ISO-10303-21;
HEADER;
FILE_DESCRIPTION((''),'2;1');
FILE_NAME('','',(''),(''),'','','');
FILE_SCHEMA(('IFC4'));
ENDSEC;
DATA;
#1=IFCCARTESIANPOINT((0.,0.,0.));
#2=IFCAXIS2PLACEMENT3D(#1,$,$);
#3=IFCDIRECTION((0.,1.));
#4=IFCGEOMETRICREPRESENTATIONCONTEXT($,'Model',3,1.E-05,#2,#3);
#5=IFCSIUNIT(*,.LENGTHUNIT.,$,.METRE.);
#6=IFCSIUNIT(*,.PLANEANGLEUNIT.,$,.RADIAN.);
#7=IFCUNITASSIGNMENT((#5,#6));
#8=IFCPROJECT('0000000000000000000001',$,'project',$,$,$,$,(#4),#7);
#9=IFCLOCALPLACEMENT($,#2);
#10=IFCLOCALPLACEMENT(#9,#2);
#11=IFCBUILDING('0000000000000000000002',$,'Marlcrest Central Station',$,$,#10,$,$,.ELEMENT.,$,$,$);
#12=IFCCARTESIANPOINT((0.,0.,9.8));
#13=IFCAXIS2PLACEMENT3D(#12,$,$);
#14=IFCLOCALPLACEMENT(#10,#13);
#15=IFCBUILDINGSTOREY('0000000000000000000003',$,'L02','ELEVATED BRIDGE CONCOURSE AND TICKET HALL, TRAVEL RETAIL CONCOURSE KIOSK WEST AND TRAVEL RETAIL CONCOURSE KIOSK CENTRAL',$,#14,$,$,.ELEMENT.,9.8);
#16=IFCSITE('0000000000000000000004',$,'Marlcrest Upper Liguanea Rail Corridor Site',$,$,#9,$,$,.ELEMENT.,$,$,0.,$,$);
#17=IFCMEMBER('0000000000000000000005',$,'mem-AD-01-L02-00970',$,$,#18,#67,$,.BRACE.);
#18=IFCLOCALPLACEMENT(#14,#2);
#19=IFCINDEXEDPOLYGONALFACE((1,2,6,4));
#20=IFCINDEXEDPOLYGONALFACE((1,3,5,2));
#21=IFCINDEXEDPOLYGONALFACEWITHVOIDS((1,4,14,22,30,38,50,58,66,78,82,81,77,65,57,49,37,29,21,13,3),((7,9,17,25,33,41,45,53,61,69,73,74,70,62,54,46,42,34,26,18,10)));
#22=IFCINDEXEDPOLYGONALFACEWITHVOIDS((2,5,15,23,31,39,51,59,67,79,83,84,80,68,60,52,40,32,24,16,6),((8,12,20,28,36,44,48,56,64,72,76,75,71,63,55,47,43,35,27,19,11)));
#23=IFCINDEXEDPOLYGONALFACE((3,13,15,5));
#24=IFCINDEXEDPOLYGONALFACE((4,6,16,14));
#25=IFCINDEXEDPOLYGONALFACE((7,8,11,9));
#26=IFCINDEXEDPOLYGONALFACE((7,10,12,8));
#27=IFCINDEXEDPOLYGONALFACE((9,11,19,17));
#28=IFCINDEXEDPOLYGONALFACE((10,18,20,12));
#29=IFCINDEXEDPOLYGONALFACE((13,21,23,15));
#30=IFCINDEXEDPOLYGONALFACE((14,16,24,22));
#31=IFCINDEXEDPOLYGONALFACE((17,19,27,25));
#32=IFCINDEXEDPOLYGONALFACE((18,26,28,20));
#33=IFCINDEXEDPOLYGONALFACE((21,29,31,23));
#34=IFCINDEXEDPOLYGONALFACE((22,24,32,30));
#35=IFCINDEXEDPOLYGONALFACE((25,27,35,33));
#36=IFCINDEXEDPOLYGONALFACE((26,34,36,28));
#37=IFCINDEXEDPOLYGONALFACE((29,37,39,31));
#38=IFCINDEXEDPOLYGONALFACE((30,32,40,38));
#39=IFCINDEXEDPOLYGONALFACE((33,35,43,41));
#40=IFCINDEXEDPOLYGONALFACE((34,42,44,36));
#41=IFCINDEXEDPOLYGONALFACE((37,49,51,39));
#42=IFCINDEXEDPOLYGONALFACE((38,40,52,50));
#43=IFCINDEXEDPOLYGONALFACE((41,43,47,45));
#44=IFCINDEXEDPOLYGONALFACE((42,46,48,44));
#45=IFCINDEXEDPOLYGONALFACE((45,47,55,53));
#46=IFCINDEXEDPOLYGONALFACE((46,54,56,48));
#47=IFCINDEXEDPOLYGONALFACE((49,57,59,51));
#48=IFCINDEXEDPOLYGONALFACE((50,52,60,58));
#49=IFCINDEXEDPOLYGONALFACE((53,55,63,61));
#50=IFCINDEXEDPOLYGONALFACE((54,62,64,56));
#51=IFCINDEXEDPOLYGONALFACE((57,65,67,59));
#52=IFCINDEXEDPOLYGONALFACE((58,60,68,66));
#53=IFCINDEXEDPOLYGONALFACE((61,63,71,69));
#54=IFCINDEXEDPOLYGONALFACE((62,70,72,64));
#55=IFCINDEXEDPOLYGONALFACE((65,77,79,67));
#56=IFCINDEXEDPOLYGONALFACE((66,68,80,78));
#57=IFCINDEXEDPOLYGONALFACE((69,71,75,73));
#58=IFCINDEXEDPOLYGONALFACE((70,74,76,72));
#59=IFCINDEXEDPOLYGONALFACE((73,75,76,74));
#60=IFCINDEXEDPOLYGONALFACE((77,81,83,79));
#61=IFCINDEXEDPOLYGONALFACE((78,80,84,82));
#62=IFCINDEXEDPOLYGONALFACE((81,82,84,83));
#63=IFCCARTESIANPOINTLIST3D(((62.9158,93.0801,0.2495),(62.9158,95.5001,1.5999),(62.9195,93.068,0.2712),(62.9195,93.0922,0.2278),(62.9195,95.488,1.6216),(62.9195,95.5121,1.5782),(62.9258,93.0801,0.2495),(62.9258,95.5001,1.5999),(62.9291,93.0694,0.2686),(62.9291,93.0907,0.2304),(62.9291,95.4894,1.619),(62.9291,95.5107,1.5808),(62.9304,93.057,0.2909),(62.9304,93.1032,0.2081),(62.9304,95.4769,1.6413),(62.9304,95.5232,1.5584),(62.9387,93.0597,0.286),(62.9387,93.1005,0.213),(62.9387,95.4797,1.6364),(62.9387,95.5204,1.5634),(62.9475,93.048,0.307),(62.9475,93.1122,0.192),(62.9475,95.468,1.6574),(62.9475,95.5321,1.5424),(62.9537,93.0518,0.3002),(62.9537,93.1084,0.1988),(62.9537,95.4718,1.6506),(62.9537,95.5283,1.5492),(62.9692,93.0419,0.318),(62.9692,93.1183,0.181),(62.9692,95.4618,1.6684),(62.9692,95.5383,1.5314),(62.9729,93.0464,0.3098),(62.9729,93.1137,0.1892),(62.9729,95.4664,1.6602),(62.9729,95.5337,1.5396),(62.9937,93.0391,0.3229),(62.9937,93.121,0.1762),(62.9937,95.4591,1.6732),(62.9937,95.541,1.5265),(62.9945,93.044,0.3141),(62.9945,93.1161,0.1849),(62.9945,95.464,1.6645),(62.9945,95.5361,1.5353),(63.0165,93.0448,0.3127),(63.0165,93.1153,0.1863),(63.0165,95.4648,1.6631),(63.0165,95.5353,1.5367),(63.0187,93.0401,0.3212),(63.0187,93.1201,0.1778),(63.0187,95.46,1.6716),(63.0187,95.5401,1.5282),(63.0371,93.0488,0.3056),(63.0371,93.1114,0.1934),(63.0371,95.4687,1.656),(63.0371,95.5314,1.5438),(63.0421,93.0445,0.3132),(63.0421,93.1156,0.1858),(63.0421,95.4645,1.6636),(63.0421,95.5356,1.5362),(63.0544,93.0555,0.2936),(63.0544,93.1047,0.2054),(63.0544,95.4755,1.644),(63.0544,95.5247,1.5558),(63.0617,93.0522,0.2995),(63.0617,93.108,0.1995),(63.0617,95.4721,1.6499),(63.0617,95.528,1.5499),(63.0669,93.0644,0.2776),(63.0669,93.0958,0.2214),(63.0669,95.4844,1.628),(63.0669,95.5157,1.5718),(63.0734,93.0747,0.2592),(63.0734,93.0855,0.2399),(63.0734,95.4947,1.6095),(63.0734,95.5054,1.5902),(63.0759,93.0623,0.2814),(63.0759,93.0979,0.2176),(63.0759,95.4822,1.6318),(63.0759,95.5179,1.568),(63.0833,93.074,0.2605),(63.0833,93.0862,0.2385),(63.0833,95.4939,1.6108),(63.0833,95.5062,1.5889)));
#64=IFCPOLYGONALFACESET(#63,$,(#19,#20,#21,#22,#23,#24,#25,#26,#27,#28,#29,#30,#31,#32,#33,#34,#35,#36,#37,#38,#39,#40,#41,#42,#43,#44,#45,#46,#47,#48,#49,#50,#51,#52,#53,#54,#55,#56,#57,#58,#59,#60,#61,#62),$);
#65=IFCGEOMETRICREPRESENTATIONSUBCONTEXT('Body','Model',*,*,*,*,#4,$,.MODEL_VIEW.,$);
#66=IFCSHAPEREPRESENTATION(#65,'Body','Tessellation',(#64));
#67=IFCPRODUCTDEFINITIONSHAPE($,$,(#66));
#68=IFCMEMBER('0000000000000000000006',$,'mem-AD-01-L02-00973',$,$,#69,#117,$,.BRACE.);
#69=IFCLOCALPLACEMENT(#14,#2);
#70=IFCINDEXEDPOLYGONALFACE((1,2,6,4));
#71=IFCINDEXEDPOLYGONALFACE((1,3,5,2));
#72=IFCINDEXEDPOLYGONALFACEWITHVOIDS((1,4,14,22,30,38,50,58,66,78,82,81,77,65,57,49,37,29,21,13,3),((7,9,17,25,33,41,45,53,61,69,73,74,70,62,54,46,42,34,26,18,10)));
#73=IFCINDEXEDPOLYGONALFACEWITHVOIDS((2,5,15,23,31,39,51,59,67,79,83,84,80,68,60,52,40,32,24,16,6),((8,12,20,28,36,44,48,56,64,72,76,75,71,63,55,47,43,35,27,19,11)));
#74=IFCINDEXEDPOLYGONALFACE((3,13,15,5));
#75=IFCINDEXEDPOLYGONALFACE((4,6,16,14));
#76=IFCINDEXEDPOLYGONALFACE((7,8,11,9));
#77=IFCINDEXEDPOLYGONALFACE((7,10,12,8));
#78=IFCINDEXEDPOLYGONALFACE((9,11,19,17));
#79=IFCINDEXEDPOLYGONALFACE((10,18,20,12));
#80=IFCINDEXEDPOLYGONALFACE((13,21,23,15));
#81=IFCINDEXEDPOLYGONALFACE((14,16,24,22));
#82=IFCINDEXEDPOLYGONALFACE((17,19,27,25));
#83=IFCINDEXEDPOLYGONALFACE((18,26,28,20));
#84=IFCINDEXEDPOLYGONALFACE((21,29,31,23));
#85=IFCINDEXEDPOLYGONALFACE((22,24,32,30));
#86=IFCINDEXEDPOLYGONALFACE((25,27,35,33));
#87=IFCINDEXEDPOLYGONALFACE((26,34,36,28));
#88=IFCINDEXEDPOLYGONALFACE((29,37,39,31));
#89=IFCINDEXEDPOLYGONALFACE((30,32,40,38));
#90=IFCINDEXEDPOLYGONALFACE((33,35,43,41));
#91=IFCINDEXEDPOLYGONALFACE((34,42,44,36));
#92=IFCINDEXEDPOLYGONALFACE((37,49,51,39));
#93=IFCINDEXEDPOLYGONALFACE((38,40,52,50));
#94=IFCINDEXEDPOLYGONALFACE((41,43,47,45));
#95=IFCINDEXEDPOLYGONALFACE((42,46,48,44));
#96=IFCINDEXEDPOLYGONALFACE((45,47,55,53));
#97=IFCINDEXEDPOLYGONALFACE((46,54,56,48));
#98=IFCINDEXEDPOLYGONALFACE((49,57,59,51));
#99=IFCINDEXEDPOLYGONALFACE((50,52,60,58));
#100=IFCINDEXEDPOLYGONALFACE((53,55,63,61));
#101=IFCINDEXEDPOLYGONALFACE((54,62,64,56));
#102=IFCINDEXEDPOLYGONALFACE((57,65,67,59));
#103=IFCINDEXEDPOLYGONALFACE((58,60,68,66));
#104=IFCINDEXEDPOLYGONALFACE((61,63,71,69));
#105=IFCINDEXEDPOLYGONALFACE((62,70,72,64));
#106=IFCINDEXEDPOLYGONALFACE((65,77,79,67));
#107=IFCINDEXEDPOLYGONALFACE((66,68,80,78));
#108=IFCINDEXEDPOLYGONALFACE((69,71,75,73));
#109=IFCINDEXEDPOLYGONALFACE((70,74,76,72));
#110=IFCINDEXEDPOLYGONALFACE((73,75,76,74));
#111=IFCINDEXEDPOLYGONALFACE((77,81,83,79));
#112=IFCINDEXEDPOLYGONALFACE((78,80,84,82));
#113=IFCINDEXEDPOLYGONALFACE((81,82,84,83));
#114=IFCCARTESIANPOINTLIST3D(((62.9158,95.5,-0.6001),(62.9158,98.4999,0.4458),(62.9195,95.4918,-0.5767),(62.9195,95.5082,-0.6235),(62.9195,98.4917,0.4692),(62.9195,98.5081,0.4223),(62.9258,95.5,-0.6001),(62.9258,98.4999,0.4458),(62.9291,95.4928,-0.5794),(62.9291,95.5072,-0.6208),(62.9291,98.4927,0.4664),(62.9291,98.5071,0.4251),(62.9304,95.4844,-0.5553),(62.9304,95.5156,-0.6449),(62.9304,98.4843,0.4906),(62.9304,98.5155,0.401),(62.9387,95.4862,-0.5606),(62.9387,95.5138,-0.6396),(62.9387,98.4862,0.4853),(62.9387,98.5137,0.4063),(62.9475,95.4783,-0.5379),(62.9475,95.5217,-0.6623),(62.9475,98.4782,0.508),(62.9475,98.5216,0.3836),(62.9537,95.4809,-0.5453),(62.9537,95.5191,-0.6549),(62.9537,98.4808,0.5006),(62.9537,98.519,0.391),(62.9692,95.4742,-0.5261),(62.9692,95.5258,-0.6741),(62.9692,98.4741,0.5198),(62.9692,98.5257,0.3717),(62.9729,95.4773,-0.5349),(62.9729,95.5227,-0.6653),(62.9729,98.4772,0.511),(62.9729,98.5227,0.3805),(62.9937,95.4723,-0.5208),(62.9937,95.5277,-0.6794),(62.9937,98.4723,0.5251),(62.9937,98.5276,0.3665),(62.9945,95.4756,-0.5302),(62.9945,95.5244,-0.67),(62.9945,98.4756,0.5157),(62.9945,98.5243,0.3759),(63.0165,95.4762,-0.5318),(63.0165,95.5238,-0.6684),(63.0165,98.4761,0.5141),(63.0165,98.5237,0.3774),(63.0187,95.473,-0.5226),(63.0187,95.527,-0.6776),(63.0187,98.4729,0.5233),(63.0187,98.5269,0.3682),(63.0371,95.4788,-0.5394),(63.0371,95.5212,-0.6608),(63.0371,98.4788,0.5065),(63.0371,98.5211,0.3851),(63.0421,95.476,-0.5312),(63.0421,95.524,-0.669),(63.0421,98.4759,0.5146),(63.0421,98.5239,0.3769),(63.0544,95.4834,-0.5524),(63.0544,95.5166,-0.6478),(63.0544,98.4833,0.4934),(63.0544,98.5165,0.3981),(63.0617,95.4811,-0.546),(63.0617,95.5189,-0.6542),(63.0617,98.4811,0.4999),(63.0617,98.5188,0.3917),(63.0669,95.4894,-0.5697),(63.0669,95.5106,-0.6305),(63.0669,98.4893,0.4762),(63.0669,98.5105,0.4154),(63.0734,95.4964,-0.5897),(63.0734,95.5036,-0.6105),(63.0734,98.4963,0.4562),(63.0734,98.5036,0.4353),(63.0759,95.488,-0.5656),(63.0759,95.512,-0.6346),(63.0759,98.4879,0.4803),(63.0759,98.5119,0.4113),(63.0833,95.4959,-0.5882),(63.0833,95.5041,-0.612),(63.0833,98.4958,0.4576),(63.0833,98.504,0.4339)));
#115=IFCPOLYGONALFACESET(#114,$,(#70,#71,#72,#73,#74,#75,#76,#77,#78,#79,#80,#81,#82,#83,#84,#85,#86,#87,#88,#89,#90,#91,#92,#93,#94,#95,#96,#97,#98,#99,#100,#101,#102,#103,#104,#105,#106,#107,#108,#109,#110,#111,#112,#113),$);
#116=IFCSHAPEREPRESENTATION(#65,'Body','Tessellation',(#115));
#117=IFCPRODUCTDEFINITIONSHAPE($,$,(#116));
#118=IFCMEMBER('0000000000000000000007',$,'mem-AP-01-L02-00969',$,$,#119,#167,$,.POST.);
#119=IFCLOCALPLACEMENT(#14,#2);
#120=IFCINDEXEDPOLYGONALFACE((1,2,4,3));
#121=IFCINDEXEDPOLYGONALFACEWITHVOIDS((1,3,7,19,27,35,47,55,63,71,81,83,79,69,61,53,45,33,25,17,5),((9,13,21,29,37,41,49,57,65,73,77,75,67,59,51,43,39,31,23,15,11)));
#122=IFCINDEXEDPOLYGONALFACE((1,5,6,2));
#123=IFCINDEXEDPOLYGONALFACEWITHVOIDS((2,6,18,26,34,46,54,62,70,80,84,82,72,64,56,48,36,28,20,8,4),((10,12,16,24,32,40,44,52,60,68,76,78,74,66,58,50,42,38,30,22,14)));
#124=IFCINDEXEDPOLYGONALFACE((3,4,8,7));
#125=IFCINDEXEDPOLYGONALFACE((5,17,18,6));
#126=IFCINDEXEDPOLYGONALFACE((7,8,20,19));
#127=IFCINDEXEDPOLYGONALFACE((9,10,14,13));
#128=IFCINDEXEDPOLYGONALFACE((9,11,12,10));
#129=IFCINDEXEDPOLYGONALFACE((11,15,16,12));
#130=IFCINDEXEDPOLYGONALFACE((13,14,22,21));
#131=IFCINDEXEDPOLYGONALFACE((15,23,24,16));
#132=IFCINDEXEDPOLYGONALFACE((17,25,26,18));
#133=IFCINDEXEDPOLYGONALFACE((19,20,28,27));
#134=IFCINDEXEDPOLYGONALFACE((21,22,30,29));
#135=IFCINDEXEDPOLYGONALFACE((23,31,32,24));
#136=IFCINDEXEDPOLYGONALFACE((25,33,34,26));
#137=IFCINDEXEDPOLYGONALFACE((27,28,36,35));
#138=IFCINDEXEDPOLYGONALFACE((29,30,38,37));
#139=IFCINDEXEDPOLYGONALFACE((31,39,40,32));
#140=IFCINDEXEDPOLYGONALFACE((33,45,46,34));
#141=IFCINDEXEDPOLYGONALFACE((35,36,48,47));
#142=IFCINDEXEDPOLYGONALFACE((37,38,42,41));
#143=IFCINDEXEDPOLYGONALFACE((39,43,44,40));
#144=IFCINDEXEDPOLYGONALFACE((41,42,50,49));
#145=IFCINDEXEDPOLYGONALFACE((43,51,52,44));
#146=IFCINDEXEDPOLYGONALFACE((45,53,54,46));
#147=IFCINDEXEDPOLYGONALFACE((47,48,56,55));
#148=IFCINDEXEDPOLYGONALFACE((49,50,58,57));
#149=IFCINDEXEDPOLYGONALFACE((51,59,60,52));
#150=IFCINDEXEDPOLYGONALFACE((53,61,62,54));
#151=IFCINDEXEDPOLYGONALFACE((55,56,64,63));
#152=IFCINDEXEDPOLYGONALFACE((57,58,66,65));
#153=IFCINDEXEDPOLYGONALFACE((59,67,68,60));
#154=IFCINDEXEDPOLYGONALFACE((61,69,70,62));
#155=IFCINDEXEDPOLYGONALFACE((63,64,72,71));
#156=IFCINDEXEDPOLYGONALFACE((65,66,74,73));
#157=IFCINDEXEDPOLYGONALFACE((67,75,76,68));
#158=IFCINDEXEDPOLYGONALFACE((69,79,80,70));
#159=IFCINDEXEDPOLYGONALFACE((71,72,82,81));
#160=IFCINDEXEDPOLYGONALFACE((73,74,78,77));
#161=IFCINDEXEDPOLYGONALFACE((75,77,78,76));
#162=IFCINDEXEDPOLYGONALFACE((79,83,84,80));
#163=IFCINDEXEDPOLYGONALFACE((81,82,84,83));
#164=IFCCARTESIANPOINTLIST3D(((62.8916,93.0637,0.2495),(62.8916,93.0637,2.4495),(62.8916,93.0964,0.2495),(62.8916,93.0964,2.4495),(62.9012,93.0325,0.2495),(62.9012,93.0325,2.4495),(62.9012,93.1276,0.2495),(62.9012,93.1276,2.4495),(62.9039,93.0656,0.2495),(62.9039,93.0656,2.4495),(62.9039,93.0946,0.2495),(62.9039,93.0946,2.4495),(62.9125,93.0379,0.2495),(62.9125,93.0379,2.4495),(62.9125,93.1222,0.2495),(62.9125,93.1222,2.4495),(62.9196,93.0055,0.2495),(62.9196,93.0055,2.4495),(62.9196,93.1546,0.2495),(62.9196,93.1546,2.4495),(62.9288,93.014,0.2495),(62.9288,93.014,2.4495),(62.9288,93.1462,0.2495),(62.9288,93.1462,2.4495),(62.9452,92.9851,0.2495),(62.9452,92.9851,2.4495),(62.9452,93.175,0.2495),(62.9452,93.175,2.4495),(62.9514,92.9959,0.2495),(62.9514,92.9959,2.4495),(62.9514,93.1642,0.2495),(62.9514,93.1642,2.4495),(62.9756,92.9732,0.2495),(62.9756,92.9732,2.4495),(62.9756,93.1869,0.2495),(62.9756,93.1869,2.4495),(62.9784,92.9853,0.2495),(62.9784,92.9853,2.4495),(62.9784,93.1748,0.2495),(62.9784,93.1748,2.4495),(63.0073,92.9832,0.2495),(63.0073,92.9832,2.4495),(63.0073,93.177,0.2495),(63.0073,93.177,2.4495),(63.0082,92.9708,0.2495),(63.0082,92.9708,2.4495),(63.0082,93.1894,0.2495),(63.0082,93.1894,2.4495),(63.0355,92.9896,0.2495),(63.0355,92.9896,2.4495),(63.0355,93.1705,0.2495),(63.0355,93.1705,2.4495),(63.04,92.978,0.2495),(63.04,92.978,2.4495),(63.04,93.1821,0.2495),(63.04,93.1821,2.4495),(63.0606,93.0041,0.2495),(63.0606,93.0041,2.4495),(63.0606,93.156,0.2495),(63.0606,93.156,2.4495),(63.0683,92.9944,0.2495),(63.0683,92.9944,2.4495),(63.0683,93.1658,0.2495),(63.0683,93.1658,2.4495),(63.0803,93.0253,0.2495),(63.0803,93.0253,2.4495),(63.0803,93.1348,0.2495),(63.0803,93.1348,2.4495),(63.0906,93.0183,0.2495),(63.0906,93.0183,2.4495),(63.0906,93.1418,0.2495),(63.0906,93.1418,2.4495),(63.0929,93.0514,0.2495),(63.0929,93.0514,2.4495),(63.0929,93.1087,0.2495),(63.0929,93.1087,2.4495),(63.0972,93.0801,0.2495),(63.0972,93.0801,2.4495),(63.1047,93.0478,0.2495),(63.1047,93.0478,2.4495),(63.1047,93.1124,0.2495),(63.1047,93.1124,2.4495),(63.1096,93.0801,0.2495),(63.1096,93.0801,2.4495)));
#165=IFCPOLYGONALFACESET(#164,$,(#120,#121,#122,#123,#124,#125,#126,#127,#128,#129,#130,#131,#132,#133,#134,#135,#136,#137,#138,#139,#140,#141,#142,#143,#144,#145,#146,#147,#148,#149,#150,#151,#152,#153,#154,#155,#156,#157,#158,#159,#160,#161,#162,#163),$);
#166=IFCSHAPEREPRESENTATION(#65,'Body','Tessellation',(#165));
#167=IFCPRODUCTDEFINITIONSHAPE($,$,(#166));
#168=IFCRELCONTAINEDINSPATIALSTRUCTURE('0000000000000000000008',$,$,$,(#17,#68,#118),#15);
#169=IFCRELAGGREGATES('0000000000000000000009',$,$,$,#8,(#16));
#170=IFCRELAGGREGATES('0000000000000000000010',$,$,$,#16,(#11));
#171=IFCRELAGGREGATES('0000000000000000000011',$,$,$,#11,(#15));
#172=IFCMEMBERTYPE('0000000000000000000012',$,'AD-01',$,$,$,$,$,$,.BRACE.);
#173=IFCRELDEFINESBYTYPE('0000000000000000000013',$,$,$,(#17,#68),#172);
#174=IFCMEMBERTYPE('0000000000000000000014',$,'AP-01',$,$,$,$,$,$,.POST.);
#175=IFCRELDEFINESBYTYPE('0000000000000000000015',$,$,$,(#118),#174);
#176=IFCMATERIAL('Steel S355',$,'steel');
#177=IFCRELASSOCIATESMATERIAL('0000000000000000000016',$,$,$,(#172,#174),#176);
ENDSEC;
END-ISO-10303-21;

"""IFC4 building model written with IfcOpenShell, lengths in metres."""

from ifc_helpers import new_model, si_unit, direction, frame, origin, origin_2d, place, context, subcontext, project, spatial, hollow_circle, extrude, material, material_profile, profile_set, type_object, element, save


model = new_model("IFC4")

# Units and contexts
model_context = context("Model", 3, precision=1e-05, world=origin(), true_north=direction((0.0, 1.0)))
body_context = subcontext(model_context, "Body", "Model", "MODEL_VIEW")
ifc_project = project(units=[si_unit("LENGTHUNIT", "METRE"), si_unit("PLANEANGLEUNIT", "RADIAN")], contexts=[model_context])

# Site, building, storey
site_placement = place(None, origin())
site = spatial("IfcSite", under=ifc_project, at=site_placement, Name="Marlcrest Upper Liguanea Rail Corridor Site", CompositionType="ELEMENT", RefElevation=0.0)
building_placement = place(site_placement, origin())
building = spatial("IfcBuilding", under=site, at=building_placement, Name="Marlcrest Central Station", CompositionType="ELEMENT")
storey_placement = place(building_placement, frame((0.0, 0.0, 9.8)))
storey = spatial("IfcBuildingStorey", under=building, at=storey_placement, Name="L02", Description="ELEVATED BRIDGE CONCOURSE AND TICKET HALL, TRAVEL RETAIL CONCOURSE KIOSK WEST AND TRAVEL RETAIL CONCOURSE KIOSK CENTRAL", CompositionType="ELEMENT", Elevation=9.8)

# Members
ifc_material_1 = material(Name="Steel S355", Category="steel")
ifc_material_profile_1 = material_profile(ifc_material_1, hollow_circle(Radius=0.0842, WallThickness=0.01, at=origin_2d()), Name="CHS 168.3x10")
ifc_profile_set_1 = profile_set([ifc_material_profile_1], Name="Steel S355")
member_type_1 = type_object("IfcMemberType", Name="AD-01", PredefinedType="BRACE", material=ifc_profile_set_1)
member_1_placement = place(storey_placement, frame((63.0, 93.0801, 0.2495), z_axis=(0.0, 0.873246, 0.48728), x_axis=(-1.0, 0.0, 0.0)))
element("IfcMember", 1, at=member_1_placement, inside=storey, type_object=member_type_1, Name="mem-AD-01-L02-00970", PredefinedType="BRACE", context=body_context, shape_type="SweptSolid", body=[
    extrude(hollow_circle(Radius=0.0842, WallThickness=0.01, at=origin_2d()), origin(), (0.0, 0.0, 1.0), 2.7712),
])
member_2_placement = place(storey_placement, frame((63.0, 95.5, -0.6001), z_axis=(0.0, 0.94426, 0.3292), x_axis=(-1.0, 0.0, 0.0)))
element("IfcMember", 2, at=member_2_placement, inside=storey, type_object=member_type_1, Name="mem-AD-01-L02-00973", PredefinedType="BRACE", context=body_context, shape_type="SweptSolid", body=[
    extrude(hollow_circle(Radius=0.0842, WallThickness=0.01, at=origin_2d()), origin(), (0.0, 0.0, 1.0), 3.177),
])
ifc_material_profile_2 = material_profile(ifc_material_1, hollow_circle(Radius=0.1096, WallThickness=0.0125, at=origin_2d()), Name="CHS 219.1x12.5")
ifc_profile_set_2 = profile_set([ifc_material_profile_2], Name="Steel S355")
member_type_2 = type_object("IfcMemberType", Name="AP-01", PredefinedType="POST", material=ifc_profile_set_2)
for number, where, z_axis, x_axis, name in (
    (3, (63.0, 93.0801, 0.2495), (0.0, 0.0, 1.0), (1.0, 0.0, 0.0), "mem-AP-01-L02-00969"),
):
    element("IfcMember", number, at=place(storey_placement, frame(where, z_axis=z_axis, x_axis=x_axis)), inside=storey, type_object=member_type_2, Name=name, PredefinedType="POST", context=body_context, shape_type="SweptSolid", body=[
        extrude(hollow_circle(Radius=0.1096, WallThickness=0.0125, at=origin_2d()), origin(), (0.0, 0.0, 1.0), 2.2),
    ])

save(model, "model.ifc")
